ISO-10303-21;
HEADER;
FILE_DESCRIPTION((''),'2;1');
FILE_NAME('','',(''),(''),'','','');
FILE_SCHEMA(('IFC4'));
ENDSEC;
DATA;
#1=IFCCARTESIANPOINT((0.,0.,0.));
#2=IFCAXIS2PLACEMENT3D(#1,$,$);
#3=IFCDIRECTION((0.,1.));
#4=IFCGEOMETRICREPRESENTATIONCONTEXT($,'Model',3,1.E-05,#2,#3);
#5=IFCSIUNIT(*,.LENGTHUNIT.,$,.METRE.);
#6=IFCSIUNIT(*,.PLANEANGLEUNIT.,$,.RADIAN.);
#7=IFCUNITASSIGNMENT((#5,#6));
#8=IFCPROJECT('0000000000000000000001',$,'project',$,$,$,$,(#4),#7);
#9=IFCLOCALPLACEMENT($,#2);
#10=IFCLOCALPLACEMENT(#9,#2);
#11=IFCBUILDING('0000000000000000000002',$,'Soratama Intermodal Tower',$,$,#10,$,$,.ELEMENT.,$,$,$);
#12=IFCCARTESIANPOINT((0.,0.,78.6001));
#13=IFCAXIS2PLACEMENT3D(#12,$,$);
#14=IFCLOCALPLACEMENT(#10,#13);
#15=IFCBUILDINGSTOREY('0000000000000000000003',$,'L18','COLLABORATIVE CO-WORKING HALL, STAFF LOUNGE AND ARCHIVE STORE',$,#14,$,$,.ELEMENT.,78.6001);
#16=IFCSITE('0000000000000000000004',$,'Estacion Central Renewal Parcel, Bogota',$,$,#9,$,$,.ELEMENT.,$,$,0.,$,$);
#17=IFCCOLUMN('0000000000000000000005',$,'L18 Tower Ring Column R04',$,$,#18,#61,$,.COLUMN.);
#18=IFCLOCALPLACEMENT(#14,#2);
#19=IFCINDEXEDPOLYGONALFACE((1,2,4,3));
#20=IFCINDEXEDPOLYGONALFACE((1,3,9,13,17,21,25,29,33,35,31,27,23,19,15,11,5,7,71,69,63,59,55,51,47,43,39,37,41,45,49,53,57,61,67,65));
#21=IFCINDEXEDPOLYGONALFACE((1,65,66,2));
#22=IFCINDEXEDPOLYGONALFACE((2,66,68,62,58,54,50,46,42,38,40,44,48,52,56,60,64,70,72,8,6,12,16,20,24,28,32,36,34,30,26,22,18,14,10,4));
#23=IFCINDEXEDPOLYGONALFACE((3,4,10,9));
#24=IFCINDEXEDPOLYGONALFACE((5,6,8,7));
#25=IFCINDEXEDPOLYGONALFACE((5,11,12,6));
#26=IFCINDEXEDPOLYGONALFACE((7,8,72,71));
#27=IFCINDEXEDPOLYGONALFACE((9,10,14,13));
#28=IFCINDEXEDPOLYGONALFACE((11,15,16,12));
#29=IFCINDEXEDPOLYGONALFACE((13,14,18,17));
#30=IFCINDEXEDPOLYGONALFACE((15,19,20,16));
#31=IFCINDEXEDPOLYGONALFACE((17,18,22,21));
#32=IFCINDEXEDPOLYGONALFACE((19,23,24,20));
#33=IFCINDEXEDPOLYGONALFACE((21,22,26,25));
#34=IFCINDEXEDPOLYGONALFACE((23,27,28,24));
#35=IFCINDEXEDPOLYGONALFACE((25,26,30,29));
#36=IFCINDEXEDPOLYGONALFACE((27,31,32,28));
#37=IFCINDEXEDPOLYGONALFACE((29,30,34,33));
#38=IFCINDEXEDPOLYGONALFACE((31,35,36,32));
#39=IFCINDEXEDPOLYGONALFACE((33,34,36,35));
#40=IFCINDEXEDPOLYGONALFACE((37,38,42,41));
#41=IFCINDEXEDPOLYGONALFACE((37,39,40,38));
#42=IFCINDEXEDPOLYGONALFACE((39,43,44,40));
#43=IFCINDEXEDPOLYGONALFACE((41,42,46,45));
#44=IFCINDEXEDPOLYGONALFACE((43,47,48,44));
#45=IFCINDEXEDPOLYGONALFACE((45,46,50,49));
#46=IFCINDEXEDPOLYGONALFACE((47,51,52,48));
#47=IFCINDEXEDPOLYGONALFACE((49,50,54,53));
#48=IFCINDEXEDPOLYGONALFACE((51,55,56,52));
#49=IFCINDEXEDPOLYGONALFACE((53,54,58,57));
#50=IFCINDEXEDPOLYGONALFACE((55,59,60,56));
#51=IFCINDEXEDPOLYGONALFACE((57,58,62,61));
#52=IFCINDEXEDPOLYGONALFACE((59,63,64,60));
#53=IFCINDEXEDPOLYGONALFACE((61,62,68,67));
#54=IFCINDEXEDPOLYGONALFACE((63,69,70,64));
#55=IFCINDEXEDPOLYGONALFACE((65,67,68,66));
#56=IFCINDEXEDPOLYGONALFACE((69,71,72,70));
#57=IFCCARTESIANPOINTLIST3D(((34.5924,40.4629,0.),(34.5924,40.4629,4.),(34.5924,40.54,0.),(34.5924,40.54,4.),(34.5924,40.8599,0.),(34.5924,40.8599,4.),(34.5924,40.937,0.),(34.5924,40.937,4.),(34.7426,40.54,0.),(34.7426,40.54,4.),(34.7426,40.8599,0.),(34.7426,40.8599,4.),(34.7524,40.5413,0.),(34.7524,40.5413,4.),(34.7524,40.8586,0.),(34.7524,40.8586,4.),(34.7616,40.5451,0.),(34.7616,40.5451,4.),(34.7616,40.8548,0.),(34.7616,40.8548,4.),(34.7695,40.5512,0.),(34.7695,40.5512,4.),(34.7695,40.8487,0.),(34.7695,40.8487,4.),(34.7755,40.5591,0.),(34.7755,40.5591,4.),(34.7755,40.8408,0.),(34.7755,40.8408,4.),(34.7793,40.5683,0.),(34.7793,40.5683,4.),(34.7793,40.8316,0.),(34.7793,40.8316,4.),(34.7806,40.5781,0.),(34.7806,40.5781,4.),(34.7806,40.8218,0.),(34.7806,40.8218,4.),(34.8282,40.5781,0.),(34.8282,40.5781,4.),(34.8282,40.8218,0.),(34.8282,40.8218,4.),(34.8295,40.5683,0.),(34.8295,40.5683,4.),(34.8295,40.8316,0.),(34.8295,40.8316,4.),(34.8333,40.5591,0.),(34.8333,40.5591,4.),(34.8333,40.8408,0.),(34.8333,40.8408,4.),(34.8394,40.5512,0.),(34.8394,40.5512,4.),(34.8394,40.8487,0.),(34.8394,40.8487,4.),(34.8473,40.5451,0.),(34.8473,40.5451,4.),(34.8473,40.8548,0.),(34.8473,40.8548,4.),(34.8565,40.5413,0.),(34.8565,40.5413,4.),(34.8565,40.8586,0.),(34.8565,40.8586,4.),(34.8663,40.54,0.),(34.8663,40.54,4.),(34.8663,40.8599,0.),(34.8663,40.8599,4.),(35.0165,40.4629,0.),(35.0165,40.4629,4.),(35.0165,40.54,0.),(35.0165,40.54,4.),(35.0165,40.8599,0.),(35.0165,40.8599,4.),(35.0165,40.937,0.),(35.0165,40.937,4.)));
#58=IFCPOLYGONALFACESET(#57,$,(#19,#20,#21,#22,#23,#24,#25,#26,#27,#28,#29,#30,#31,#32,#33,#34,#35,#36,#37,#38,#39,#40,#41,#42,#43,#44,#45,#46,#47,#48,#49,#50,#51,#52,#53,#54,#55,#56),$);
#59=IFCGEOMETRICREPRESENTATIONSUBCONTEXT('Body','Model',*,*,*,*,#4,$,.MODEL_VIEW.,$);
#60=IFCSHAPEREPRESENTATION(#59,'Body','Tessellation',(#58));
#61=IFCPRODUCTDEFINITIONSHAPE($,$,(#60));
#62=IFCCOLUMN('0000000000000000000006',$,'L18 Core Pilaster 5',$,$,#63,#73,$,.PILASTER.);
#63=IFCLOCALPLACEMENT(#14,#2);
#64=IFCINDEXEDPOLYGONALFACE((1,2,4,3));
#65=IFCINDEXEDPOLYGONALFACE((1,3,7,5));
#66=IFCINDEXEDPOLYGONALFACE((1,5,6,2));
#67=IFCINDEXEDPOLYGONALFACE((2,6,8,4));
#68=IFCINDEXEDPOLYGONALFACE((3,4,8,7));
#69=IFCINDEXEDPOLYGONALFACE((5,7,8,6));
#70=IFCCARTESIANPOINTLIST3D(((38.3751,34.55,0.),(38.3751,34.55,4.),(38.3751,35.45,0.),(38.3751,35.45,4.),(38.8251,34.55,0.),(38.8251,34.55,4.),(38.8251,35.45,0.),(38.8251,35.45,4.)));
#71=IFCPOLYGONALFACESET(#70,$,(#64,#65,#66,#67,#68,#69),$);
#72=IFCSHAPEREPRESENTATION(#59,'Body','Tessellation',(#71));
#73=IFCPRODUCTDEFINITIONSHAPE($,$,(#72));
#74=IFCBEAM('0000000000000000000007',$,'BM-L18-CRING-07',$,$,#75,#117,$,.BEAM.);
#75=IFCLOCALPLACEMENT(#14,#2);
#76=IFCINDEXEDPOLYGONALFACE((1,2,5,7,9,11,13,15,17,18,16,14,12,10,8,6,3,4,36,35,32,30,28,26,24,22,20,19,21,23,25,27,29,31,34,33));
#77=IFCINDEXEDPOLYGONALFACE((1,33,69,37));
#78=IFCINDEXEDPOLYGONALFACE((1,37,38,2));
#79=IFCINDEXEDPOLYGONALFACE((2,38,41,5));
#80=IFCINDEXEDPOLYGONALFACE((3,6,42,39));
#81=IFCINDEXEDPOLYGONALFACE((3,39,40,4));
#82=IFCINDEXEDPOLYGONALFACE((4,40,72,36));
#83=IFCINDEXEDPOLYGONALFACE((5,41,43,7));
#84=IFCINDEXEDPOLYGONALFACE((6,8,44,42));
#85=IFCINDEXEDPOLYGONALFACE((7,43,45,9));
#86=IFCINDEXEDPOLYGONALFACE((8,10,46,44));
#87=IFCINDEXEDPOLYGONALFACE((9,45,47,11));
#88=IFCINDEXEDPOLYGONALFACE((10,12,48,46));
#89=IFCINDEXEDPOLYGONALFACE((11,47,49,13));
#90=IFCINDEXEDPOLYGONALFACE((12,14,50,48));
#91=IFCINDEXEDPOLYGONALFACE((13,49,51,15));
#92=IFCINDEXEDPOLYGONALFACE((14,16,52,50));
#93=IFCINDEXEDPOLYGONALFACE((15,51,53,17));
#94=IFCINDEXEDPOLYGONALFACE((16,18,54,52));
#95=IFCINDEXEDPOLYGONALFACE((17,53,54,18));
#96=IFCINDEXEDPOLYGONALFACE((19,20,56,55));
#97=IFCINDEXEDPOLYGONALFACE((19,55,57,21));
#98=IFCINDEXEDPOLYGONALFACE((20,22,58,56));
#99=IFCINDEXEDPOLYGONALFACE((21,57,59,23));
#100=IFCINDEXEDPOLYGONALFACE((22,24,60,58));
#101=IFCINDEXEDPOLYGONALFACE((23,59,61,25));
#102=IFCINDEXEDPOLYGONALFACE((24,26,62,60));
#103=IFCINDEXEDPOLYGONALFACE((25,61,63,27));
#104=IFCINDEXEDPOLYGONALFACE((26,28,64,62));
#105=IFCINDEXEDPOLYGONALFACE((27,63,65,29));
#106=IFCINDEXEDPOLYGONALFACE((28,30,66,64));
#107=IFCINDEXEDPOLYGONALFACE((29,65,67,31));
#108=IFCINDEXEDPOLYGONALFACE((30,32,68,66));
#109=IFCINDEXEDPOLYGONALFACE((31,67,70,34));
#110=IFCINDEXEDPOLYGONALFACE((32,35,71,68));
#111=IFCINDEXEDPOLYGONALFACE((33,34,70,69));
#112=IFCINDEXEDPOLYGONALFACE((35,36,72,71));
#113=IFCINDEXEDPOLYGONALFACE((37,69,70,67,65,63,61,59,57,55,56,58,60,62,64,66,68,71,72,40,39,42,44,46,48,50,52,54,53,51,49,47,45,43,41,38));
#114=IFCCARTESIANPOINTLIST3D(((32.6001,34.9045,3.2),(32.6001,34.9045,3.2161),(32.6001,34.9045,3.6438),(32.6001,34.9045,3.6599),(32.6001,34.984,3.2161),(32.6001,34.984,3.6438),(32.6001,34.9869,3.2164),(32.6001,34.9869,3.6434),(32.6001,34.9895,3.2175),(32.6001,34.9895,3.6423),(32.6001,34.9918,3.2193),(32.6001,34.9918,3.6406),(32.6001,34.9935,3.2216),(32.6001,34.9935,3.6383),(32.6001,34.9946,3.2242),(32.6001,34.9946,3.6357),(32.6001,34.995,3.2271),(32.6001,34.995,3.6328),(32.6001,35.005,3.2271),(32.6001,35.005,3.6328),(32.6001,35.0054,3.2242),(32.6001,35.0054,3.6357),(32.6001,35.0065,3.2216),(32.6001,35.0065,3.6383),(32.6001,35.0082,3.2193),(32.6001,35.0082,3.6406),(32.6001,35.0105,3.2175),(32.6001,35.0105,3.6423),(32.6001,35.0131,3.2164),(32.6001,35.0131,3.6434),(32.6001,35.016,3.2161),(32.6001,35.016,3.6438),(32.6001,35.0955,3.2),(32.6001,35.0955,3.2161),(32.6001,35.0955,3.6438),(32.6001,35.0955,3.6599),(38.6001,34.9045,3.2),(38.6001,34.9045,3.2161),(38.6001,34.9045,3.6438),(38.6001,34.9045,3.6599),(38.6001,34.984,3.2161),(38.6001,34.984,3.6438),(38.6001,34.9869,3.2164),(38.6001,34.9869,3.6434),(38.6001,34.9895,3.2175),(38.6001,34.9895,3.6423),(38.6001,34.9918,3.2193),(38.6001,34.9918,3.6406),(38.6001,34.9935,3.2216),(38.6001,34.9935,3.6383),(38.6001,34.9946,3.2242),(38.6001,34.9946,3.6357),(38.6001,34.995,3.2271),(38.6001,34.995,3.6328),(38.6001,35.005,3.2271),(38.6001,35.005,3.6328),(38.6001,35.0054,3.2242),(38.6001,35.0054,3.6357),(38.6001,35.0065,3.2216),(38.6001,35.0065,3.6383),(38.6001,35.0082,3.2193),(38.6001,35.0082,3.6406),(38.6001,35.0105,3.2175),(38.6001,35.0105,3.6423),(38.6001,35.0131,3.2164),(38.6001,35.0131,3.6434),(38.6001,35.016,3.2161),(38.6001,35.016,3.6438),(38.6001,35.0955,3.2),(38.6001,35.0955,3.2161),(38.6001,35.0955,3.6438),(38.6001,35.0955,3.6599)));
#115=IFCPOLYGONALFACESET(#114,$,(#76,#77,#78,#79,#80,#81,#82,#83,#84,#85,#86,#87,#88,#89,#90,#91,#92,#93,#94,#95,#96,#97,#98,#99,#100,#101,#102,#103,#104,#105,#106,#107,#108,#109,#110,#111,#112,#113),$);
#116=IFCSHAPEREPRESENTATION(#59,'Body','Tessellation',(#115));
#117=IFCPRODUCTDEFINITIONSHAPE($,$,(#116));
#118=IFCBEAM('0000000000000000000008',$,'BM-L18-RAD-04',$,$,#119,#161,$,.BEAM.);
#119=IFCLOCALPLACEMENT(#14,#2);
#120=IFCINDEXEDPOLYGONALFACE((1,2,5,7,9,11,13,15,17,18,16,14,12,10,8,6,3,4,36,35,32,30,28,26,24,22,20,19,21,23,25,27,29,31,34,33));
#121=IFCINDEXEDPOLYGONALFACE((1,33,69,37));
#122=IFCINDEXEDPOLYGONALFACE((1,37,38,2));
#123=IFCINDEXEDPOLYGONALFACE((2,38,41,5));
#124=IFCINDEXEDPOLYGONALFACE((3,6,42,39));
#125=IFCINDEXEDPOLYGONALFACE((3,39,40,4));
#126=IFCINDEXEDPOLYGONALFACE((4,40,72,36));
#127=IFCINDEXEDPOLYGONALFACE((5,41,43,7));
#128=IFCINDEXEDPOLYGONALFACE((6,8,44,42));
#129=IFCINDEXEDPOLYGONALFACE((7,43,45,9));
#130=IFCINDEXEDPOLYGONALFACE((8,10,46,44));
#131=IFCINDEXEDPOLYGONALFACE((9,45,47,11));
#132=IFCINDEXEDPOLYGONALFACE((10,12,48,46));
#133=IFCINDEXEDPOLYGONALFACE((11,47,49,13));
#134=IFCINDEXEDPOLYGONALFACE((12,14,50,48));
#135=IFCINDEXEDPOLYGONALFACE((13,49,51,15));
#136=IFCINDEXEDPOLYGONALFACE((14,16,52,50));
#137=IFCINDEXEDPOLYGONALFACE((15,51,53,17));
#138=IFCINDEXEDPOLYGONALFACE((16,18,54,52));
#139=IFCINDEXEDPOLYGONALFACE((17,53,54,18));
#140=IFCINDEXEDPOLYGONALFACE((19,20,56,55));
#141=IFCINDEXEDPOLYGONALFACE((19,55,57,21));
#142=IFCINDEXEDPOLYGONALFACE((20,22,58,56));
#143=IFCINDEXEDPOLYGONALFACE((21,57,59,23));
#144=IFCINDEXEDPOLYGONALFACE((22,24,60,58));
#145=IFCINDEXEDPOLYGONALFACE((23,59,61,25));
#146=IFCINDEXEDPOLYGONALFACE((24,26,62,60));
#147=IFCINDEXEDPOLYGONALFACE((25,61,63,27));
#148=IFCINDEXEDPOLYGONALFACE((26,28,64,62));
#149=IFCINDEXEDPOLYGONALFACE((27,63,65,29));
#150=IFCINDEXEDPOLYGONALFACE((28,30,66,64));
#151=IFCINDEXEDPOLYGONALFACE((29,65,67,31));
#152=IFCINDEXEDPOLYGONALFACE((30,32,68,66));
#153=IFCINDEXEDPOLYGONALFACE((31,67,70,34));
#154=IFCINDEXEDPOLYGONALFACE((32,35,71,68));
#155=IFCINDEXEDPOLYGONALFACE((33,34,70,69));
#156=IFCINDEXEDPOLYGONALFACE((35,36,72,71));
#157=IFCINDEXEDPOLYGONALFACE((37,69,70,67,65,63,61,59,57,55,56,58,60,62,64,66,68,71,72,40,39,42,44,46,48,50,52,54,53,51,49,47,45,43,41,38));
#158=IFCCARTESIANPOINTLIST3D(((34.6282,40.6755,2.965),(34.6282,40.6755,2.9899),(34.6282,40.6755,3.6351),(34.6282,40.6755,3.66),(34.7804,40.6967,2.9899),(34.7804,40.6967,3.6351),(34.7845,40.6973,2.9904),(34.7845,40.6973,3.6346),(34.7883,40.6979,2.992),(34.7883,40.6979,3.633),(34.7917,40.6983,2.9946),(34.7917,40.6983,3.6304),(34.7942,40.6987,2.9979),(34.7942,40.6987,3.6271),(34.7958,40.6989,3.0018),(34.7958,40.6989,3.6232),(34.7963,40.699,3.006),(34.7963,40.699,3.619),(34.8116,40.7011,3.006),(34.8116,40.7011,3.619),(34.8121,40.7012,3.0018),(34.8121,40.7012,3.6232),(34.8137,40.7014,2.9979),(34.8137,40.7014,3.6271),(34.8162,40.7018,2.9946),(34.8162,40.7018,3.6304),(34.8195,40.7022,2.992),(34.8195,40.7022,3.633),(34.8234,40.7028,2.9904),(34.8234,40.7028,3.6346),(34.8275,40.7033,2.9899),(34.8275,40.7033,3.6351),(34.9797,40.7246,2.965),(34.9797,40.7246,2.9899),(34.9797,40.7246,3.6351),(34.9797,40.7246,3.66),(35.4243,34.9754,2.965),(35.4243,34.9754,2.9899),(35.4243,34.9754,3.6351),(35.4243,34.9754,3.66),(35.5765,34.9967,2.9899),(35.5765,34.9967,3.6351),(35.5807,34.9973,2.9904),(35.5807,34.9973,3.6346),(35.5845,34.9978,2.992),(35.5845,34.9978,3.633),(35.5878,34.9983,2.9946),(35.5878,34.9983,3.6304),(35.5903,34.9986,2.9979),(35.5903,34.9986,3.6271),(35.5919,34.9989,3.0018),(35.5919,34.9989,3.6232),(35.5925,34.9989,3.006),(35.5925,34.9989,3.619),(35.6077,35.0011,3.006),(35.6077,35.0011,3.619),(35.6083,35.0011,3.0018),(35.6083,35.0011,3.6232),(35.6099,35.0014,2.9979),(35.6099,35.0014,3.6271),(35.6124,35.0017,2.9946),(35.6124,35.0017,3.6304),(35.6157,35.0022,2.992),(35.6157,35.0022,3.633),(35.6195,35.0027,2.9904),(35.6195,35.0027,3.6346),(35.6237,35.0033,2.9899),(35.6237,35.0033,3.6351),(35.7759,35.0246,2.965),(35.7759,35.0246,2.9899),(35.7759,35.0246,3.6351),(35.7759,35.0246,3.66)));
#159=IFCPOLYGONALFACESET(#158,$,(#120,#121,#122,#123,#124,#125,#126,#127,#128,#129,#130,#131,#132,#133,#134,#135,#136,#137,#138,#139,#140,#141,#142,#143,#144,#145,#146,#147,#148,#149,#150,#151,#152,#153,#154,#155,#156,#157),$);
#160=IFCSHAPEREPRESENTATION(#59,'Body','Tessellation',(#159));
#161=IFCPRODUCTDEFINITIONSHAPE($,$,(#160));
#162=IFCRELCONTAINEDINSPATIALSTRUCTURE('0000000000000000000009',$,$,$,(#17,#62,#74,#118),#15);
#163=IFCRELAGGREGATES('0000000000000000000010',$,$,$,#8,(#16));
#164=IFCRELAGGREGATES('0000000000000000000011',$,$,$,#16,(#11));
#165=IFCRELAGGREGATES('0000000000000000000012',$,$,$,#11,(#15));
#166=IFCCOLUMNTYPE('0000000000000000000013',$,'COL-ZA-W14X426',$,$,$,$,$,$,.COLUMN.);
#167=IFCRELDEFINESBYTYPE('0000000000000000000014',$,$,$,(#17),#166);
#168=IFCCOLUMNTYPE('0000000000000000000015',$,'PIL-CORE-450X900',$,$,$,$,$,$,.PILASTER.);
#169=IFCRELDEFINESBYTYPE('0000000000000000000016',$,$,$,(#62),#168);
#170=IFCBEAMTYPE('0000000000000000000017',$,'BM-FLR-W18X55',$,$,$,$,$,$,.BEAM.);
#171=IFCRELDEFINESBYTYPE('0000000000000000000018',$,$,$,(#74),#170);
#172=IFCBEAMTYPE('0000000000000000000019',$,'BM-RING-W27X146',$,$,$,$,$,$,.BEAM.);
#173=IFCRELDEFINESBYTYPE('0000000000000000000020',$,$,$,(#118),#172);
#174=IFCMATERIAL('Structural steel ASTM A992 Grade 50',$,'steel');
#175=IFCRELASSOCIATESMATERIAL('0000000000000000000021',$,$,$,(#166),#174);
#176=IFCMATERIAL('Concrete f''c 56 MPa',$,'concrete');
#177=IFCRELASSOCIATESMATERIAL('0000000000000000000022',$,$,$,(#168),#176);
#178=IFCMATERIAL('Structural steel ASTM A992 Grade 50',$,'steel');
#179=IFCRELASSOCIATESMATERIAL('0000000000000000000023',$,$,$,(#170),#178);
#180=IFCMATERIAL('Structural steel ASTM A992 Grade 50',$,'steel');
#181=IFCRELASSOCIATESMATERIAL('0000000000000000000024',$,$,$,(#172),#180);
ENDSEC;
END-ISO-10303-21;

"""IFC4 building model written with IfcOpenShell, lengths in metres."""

from ifc_helpers import new_model, si_unit, direction, frame, origin, origin_2d, place, context, subcontext, project, spatial, rectangle, i_section, extrude, material, material_profile, profile_set, type_object, element, save


model = new_model("IFC4")

# Units and contexts
model_context = context("Model", 3, precision=1e-05, world=origin(), true_north=direction((0.0, 1.0)))
body_context = subcontext(model_context, "Body", "Model", "MODEL_VIEW")
ifc_project = project(units=[si_unit("LENGTHUNIT", "METRE"), si_unit("PLANEANGLEUNIT", "RADIAN")], contexts=[model_context])

# Site, building, storey
site_placement = place(None, origin())
site = spatial("IfcSite", under=ifc_project, at=site_placement, Name="Estacion Central Renewal Parcel, Bogota", CompositionType="ELEMENT", RefElevation=0.0)
building_placement = place(site_placement, origin())
building = spatial("IfcBuilding", under=site, at=building_placement, Name="Soratama Intermodal Tower", CompositionType="ELEMENT")
storey_placement = place(building_placement, frame((0.0, 0.0, 78.6001)))
storey = spatial("IfcBuildingStorey", under=building, at=storey_placement, Name="L18", Description="COLLABORATIVE CO-WORKING HALL, STAFF LOUNGE AND ARCHIVE STORE", CompositionType="ELEMENT", Elevation=78.6001)

# Columns
ifc_material_1 = material(Name="Structural steel ASTM A992 Grade 50", Category="steel")
ifc_material_profile_1 = material_profile(ifc_material_1, i_section(OverallWidth=0.4241, OverallDepth=0.4741, WebThickness=0.0476, FlangeThickness=0.0771, FilletRadius=0.0381, at=origin_2d()), Name="W14X426")
ifc_profile_set_1 = profile_set([ifc_material_profile_1], Name="Structural steel ASTM A992 Grade 50")
column_type_1 = type_object("IfcColumnType", Name="COL-ZA-W14X426", PredefinedType="COLUMN", material=ifc_profile_set_1)
column_1_placement = place(storey_placement, frame((34.8044, 40.7, 0.0), z_axis=(0.0, 0.0, 1.0), x_axis=(1.0, 0.0, 0.0)))
element("IfcColumn", 1, at=column_1_placement, inside=storey, type_object=column_type_1, Name="L18 Tower Ring Column R04", PredefinedType="COLUMN", context=body_context, shape_type="SweptSolid", body=[
    extrude(i_section(OverallWidth=0.4241, OverallDepth=0.4741, WebThickness=0.0476, FlangeThickness=0.0771, FilletRadius=0.0381, at=origin_2d()), origin(), (0.0, 0.0, 1.0), 4.0),
])
ifc_material_2 = material(Name="Concrete f'c 56 MPa", Category="concrete")
ifc_material_profile_2 = material_profile(ifc_material_2, rectangle(XDim=0.45, YDim=0.8999, at=origin_2d()), Name="RC450X900")
ifc_profile_set_2 = profile_set([ifc_material_profile_2], Name="Concrete f'c 56 MPa")
column_type_2 = type_object("IfcColumnType", Name="PIL-CORE-450X900", PredefinedType="PILASTER", material=ifc_profile_set_2)
column_2_placement = place(storey_placement, frame((38.6001, 35.0, 0.0), z_axis=(0.0, 0.0, 1.0), x_axis=(1.0, 0.0, 0.0)))
element("IfcColumn", 2, at=column_2_placement, inside=storey, type_object=column_type_2, Name="L18 Core Pilaster 5", PredefinedType="PILASTER", context=body_context, shape_type="SweptSolid", body=[
    extrude(rectangle(XDim=0.45, YDim=0.8999, at=origin_2d()), origin(), (0.0, 0.0, 1.0), 4.0),
])

# Beams
ifc_material_3 = material(Name="Structural steel ASTM A992 Grade 50", Category="steel")
ifc_material_profile_3 = material_profile(ifc_material_3, i_section(OverallWidth=0.1909, OverallDepth=0.46, WebThickness=0.01, FlangeThickness=0.0161, FilletRadius=0.011, at=origin_2d()), Name="W18X55")
ifc_profile_set_3 = profile_set([ifc_material_profile_3], Name="Structural steel ASTM A992 Grade 50")
beam_type_1 = type_object("IfcBeamType", Name="BM-FLR-W18X55", PredefinedType="BEAM", material=ifc_profile_set_3)
beam_1_placement = place(storey_placement, frame((38.6001, 35.0, 3.4299), z_axis=(-1.0, 0.0, 0.0), x_axis=(0.0, -1.0, 0.0)))
element("IfcBeam", 3, at=beam_1_placement, inside=storey, type_object=beam_type_1, Name="BM-L18-CRING-07", PredefinedType="BEAM", context=body_context, shape_type="SweptSolid", body=[
    extrude(i_section(OverallWidth=0.1909, OverallDepth=0.46, WebThickness=0.01, FlangeThickness=0.0161, FilletRadius=0.011, at=origin_2d()), origin(), (0.0, 0.0, 1.0), 6.0),
])
ifc_material_4 = material(Name="Structural steel ASTM A992 Grade 50", Category="steel")
ifc_material_profile_4 = material_profile(ifc_material_4, i_section(OverallWidth=0.355, OverallDepth=0.6951, WebThickness=0.0154, FlangeThickness=0.0249, FilletRadius=0.0161, at=origin_2d()), Name="W27X146")
ifc_profile_set_4 = profile_set([ifc_material_profile_4], Name="Structural steel ASTM A992 Grade 50")
beam_type_2 = type_object("IfcBeamType", Name="BM-RING-W27X146", PredefinedType="BEAM", material=ifc_profile_set_4)
beam_2_placement = place(storey_placement, frame((35.6001, 35.0, 3.3125), z_axis=(-0.138332, 0.990386, 0.0), x_axis=(-0.990386, -0.138332, 0.0)))
element("IfcBeam", 4, at=beam_2_placement, inside=storey, type_object=beam_type_2, Name="BM-L18-RAD-04", PredefinedType="BEAM", context=body_context, shape_type="SweptSolid", body=[
    extrude(i_section(OverallWidth=0.355, OverallDepth=0.6951, WebThickness=0.0154, FlangeThickness=0.0249, FilletRadius=0.0161, at=origin_2d()), origin(), (0.0, 0.0, 1.0), 5.7554),
])

save(model, "model.ifc")
